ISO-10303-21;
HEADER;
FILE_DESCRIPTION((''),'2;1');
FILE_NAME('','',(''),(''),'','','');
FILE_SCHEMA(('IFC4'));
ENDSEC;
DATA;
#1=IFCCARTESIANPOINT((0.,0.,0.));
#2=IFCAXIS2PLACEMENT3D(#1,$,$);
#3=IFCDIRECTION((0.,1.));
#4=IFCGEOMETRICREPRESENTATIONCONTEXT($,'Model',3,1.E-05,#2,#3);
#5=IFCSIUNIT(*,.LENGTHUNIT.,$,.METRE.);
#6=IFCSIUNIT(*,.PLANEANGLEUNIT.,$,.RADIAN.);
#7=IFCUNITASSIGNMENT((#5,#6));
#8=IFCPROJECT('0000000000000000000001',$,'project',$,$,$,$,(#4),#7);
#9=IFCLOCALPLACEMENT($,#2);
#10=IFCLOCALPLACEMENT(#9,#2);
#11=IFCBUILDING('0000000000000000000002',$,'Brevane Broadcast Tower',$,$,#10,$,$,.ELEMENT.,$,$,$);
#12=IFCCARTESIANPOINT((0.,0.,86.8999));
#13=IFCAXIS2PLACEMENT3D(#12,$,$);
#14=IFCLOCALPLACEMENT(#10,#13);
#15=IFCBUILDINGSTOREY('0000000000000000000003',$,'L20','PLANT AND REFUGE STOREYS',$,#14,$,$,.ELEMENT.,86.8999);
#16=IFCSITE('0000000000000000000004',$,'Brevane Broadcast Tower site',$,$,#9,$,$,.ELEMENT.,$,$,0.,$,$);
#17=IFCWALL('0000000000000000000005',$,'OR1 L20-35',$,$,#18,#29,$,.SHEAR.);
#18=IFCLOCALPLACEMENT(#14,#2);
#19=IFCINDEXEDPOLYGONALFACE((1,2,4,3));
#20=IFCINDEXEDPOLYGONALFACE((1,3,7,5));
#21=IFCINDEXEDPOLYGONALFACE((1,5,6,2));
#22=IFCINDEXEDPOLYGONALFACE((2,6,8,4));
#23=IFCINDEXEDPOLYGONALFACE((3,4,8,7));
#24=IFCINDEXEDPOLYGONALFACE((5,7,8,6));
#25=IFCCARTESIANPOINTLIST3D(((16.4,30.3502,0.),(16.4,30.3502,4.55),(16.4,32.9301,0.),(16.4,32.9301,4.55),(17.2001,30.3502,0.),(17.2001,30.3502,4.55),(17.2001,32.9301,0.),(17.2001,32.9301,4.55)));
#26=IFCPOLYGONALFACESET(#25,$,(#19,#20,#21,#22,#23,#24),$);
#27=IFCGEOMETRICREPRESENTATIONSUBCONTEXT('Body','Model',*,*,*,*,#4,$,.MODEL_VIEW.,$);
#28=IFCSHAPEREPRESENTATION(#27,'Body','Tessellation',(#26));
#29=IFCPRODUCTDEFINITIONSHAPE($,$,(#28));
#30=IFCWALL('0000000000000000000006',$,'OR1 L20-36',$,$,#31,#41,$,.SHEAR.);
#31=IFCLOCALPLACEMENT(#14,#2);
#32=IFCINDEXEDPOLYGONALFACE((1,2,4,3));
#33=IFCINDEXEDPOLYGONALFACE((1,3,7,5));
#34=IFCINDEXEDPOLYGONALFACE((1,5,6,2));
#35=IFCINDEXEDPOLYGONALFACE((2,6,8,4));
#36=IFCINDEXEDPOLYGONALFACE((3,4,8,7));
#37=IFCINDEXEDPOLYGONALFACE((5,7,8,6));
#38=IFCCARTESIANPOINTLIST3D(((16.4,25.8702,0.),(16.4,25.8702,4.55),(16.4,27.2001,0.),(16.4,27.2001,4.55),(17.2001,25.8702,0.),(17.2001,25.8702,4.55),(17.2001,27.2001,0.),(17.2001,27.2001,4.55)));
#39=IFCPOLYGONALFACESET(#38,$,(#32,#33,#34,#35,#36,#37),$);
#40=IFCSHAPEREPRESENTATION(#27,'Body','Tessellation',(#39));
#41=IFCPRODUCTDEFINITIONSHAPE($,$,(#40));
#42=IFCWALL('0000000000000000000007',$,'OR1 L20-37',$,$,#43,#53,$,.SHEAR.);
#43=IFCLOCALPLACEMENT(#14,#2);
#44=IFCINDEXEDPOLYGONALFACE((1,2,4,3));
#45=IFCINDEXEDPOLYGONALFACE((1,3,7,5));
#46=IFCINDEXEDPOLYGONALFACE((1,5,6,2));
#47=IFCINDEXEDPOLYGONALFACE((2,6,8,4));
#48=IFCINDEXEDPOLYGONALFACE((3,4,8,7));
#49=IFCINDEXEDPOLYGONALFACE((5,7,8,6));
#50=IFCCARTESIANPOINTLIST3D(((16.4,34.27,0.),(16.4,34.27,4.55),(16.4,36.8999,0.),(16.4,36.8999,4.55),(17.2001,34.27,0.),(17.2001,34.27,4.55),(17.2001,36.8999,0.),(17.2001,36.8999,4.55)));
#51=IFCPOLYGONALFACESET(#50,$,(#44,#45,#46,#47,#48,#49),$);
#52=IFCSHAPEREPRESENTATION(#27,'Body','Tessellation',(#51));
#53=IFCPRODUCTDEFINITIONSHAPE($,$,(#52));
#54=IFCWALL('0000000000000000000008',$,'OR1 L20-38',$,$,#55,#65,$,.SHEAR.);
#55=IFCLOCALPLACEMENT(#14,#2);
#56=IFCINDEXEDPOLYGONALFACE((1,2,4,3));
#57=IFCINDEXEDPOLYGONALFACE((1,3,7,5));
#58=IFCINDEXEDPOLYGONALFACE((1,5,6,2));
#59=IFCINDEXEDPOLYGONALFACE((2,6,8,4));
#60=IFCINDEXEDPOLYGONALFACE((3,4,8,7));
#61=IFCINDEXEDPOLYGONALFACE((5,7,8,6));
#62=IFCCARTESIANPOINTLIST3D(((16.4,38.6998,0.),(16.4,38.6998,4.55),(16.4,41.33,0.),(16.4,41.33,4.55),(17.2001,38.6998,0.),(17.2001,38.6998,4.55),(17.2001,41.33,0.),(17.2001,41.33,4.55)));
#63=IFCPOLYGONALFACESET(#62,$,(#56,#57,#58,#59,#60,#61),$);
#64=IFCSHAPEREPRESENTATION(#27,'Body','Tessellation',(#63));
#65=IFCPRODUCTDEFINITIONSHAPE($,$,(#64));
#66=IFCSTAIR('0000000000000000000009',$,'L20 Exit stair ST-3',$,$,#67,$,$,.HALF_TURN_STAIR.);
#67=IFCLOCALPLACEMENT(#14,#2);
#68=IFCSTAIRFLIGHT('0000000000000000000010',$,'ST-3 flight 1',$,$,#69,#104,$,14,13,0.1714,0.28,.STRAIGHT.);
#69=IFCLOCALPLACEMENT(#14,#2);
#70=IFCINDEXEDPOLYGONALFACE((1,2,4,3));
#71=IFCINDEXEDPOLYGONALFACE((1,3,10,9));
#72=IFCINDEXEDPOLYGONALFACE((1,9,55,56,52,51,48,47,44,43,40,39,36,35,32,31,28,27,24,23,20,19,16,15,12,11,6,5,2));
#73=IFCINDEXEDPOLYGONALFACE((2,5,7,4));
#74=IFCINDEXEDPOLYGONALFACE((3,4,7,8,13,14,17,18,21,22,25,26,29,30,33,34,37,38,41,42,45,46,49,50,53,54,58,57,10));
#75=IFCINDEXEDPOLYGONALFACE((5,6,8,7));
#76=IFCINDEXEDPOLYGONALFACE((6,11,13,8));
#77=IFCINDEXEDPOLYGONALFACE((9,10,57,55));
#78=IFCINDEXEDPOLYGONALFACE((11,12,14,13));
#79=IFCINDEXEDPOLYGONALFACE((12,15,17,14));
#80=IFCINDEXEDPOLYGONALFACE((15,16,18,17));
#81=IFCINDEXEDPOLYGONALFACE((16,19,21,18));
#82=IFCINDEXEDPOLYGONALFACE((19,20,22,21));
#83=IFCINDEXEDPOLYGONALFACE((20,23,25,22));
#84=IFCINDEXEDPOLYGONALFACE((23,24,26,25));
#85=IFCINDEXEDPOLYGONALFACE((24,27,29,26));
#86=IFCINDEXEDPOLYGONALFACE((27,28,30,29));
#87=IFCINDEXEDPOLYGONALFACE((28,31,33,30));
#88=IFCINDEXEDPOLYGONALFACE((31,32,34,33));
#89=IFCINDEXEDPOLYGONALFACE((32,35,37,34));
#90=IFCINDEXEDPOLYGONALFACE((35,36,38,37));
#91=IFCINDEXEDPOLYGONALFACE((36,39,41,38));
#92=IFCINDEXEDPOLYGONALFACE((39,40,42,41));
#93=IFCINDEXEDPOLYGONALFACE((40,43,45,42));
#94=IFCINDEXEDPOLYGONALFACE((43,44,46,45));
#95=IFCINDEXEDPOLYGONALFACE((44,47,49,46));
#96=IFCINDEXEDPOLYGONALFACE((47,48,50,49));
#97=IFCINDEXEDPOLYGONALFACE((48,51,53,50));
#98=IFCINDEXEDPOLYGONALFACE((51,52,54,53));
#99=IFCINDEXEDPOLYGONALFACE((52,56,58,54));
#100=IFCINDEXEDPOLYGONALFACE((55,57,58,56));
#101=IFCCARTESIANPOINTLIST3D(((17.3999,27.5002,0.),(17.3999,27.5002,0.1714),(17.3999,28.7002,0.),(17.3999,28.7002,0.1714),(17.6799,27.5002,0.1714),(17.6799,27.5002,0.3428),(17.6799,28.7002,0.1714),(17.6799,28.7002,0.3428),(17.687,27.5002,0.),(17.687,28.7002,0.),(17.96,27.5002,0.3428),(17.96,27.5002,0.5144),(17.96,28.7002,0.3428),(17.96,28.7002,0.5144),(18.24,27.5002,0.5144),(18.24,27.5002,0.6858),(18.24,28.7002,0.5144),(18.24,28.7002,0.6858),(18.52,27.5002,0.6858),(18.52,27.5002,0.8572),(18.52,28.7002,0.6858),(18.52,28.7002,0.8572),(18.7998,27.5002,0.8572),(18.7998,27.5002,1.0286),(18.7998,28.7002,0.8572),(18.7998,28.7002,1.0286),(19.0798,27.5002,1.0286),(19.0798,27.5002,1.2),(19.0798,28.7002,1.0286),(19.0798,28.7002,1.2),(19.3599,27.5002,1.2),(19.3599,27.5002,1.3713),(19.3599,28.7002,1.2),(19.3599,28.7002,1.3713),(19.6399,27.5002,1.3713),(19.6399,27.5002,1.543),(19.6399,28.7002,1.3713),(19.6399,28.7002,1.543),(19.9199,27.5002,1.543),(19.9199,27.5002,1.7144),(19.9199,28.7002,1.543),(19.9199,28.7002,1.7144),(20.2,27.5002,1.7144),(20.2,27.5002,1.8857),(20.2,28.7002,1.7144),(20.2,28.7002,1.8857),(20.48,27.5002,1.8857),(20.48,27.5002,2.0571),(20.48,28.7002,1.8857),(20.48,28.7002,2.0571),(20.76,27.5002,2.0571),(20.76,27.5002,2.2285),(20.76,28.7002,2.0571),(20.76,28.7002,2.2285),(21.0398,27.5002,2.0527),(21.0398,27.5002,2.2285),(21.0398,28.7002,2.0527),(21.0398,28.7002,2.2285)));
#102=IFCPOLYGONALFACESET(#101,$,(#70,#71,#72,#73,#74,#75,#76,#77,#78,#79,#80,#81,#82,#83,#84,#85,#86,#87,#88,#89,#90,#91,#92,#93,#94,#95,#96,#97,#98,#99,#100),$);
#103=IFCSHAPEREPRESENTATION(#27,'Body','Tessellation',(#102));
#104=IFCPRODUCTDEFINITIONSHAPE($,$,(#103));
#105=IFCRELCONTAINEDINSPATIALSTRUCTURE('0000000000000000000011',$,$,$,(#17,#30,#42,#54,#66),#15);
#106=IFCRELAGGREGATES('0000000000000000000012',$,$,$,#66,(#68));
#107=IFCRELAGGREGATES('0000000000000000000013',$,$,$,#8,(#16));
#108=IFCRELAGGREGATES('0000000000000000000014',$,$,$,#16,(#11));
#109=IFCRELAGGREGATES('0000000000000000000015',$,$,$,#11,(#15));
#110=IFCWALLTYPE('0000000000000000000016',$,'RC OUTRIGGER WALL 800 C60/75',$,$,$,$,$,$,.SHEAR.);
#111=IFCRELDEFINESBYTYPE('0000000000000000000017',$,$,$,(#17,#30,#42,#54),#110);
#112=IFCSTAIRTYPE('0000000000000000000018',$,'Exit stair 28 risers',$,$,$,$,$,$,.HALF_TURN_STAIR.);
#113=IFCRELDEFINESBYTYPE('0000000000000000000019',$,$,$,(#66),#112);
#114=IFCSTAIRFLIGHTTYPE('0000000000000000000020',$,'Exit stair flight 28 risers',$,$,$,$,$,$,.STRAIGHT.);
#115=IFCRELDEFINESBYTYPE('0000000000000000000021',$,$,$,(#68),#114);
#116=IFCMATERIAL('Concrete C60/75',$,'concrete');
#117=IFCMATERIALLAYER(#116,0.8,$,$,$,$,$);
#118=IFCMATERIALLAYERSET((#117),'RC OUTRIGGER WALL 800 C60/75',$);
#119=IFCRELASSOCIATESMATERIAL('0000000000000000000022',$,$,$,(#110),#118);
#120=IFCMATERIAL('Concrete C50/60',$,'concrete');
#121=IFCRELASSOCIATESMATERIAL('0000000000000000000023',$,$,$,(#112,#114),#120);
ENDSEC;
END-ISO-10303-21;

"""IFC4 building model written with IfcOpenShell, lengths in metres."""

from ifc_helpers import new_model, si_unit, direction, frame, frame_2d, origin, place, context, subcontext, project, spatial, polyline, rectangle, outline, extrude, material, layer, layer_set, type_object, element, aggregate, save


model = new_model("IFC4")

# Units and contexts
model_context = context("Model", 3, precision=1e-05, world=origin(), true_north=direction((0.0, 1.0)))
body_context = subcontext(model_context, "Body", "Model", "MODEL_VIEW")
ifc_project = project(units=[si_unit("LENGTHUNIT", "METRE"), si_unit("PLANEANGLEUNIT", "RADIAN")], contexts=[model_context])

# Site, building, storey
site_placement = place(None, origin())
site = spatial("IfcSite", under=ifc_project, at=site_placement, Name="Brevane Broadcast Tower site", CompositionType="ELEMENT", RefElevation=0.0)
building_placement = place(site_placement, origin())
building = spatial("IfcBuilding", under=site, at=building_placement, Name="Brevane Broadcast Tower", CompositionType="ELEMENT")
storey_placement = place(building_placement, frame((0.0, 0.0, 86.8999)))
storey = spatial("IfcBuildingStorey", under=building, at=storey_placement, Name="L20", Description="PLANT AND REFUGE STOREYS", CompositionType="ELEMENT", Elevation=86.8999)

# Walls
ifc_material_1 = material(Name="Concrete C60/75", Category="concrete")
ifc_layer_1 = layer(ifc_material_1, 0.8)
ifc_layer_set_1 = layer_set([ifc_layer_1], Name="RC OUTRIGGER WALL 800 C60/75")
wall_type_1 = type_object("IfcWallType", Name="RC OUTRIGGER WALL 800 C60/75", PredefinedType="SHEAR", material=ifc_layer_set_1)
wall_1_placement = place(storey_placement, frame((16.8, 30.3501, 0.0), z_axis=(0.0, 0.0, 1.0), x_axis=(0.0, 1.0, 0.0)))
element("IfcWall", 1, at=wall_1_placement, inside=storey, type_object=wall_type_1, Name="OR1 L20-35", PredefinedType="SHEAR", context=body_context, shape_type="SweptSolid", body=[
    extrude(rectangle(XDim=2.5798, YDim=0.8, at=frame_2d((1.29, 0.0))), origin(), (0.0, 0.0, 1.0), 4.55),
])
wall_2_placement = place(storey_placement, frame((16.8, 25.8701, 0.0), z_axis=(0.0, 0.0, 1.0), x_axis=(0.0, 1.0, 0.0)))
element("IfcWall", 2, at=wall_2_placement, inside=storey, type_object=wall_type_1, Name="OR1 L20-36", PredefinedType="SHEAR", context=body_context, shape_type="SweptSolid", body=[
    extrude(rectangle(XDim=1.3298, YDim=0.8, at=frame_2d((0.665, 0.0))), origin(), (0.0, 0.0, 1.0), 4.55),
])
wall_3_placement = place(storey_placement, frame((16.8, 34.27, 0.0), z_axis=(0.0, 0.0, 1.0), x_axis=(0.0, 1.0, 0.0)))
element("IfcWall", 3, at=wall_3_placement, inside=storey, type_object=wall_type_1, Name="OR1 L20-37", PredefinedType="SHEAR", context=body_context, shape_type="SweptSolid", body=[
    extrude(rectangle(XDim=2.6299, YDim=0.8, at=frame_2d((1.3149, 0.0))), origin(), (0.0, 0.0, 1.0), 4.55),
])
wall_4_placement = place(storey_placement, frame((16.8, 38.7, 0.0), z_axis=(0.0, 0.0, 1.0), x_axis=(0.0, 1.0, 0.0)))
element("IfcWall", 4, at=wall_4_placement, inside=storey, type_object=wall_type_1, Name="OR1 L20-38", PredefinedType="SHEAR", context=body_context, shape_type="SweptSolid", body=[
    extrude(rectangle(XDim=2.6301, YDim=0.8, at=frame_2d((1.3149, 0.0))), origin(), (0.0, 0.0, 1.0), 4.55),
])

# Stair, stair flight
ifc_material_2 = material(Name="Concrete C50/60", Category="concrete")
stair_type = type_object("IfcStairType", Name="Exit stair 28 risers", PredefinedType="HALF_TURN_STAIR", material=ifc_material_2)
stair_placement = place(storey_placement, origin())
stair = element("IfcStair", 5, at=stair_placement, inside=storey, type_object=stair_type, Name="L20 Exit stair ST-3", PredefinedType="HALF_TURN_STAIR")
stair_flight_type = type_object("IfcStairFlightType", Name="Exit stair flight 28 risers", PredefinedType="STRAIGHT", material=ifc_material_2)
stair_flight_placement = place(storey_placement, frame((17.3999, 28.1001, 0.0), z_axis=(0.0, 0.0, 1.0), x_axis=(1.0, 0.0, 0.0)))
stair_flight = element("IfcStairFlight", 6, at=stair_flight_placement, type_object=stair_flight_type, Name="ST-3 flight 1", NumberOfRisers=14, NumberOfTreads=13, PredefinedType="STRAIGHT", RiserHeight=0.1714, TreadLength=0.28, context=body_context, shape_type="SweptSolid", body=[
    extrude(outline(polyline([(0.0, 0.0), (0.0, 0.1714), (0.28, 0.1714), (0.28, 0.3428), (0.5601, 0.3428), (0.5601, 0.5144), (0.8401, 0.5144), (0.8401, 0.6858), (1.1201, 0.6858), (1.1201, 0.8572), (1.3999, 0.8572), (1.3999, 1.0286), (1.6799, 1.0286), (1.6799, 1.2), (1.96, 1.2), (1.96, 1.3713), (2.24, 1.3713), (2.24, 1.543), (2.52, 1.543), (2.52, 1.7144), (2.8, 1.7144), (2.8, 1.8857), (3.0801, 1.8857), (3.0801, 2.0571), (3.3601, 2.0571), (3.3601, 2.2285), (3.6399, 2.2285), (3.6399, 2.3999), (3.6399, 2.0527), (0.2871, 0.0), (0.0, 0.0)])), frame((0.0, 0.6001, 0.0), z_axis=(0.0, -1.0, 0.0), x_axis=(1.0, 0.0, 0.0)), (0.0, 0.0, 1.0), 1.2),
])
aggregate(stair, [stair_flight])

save(model, "model.ifc")
